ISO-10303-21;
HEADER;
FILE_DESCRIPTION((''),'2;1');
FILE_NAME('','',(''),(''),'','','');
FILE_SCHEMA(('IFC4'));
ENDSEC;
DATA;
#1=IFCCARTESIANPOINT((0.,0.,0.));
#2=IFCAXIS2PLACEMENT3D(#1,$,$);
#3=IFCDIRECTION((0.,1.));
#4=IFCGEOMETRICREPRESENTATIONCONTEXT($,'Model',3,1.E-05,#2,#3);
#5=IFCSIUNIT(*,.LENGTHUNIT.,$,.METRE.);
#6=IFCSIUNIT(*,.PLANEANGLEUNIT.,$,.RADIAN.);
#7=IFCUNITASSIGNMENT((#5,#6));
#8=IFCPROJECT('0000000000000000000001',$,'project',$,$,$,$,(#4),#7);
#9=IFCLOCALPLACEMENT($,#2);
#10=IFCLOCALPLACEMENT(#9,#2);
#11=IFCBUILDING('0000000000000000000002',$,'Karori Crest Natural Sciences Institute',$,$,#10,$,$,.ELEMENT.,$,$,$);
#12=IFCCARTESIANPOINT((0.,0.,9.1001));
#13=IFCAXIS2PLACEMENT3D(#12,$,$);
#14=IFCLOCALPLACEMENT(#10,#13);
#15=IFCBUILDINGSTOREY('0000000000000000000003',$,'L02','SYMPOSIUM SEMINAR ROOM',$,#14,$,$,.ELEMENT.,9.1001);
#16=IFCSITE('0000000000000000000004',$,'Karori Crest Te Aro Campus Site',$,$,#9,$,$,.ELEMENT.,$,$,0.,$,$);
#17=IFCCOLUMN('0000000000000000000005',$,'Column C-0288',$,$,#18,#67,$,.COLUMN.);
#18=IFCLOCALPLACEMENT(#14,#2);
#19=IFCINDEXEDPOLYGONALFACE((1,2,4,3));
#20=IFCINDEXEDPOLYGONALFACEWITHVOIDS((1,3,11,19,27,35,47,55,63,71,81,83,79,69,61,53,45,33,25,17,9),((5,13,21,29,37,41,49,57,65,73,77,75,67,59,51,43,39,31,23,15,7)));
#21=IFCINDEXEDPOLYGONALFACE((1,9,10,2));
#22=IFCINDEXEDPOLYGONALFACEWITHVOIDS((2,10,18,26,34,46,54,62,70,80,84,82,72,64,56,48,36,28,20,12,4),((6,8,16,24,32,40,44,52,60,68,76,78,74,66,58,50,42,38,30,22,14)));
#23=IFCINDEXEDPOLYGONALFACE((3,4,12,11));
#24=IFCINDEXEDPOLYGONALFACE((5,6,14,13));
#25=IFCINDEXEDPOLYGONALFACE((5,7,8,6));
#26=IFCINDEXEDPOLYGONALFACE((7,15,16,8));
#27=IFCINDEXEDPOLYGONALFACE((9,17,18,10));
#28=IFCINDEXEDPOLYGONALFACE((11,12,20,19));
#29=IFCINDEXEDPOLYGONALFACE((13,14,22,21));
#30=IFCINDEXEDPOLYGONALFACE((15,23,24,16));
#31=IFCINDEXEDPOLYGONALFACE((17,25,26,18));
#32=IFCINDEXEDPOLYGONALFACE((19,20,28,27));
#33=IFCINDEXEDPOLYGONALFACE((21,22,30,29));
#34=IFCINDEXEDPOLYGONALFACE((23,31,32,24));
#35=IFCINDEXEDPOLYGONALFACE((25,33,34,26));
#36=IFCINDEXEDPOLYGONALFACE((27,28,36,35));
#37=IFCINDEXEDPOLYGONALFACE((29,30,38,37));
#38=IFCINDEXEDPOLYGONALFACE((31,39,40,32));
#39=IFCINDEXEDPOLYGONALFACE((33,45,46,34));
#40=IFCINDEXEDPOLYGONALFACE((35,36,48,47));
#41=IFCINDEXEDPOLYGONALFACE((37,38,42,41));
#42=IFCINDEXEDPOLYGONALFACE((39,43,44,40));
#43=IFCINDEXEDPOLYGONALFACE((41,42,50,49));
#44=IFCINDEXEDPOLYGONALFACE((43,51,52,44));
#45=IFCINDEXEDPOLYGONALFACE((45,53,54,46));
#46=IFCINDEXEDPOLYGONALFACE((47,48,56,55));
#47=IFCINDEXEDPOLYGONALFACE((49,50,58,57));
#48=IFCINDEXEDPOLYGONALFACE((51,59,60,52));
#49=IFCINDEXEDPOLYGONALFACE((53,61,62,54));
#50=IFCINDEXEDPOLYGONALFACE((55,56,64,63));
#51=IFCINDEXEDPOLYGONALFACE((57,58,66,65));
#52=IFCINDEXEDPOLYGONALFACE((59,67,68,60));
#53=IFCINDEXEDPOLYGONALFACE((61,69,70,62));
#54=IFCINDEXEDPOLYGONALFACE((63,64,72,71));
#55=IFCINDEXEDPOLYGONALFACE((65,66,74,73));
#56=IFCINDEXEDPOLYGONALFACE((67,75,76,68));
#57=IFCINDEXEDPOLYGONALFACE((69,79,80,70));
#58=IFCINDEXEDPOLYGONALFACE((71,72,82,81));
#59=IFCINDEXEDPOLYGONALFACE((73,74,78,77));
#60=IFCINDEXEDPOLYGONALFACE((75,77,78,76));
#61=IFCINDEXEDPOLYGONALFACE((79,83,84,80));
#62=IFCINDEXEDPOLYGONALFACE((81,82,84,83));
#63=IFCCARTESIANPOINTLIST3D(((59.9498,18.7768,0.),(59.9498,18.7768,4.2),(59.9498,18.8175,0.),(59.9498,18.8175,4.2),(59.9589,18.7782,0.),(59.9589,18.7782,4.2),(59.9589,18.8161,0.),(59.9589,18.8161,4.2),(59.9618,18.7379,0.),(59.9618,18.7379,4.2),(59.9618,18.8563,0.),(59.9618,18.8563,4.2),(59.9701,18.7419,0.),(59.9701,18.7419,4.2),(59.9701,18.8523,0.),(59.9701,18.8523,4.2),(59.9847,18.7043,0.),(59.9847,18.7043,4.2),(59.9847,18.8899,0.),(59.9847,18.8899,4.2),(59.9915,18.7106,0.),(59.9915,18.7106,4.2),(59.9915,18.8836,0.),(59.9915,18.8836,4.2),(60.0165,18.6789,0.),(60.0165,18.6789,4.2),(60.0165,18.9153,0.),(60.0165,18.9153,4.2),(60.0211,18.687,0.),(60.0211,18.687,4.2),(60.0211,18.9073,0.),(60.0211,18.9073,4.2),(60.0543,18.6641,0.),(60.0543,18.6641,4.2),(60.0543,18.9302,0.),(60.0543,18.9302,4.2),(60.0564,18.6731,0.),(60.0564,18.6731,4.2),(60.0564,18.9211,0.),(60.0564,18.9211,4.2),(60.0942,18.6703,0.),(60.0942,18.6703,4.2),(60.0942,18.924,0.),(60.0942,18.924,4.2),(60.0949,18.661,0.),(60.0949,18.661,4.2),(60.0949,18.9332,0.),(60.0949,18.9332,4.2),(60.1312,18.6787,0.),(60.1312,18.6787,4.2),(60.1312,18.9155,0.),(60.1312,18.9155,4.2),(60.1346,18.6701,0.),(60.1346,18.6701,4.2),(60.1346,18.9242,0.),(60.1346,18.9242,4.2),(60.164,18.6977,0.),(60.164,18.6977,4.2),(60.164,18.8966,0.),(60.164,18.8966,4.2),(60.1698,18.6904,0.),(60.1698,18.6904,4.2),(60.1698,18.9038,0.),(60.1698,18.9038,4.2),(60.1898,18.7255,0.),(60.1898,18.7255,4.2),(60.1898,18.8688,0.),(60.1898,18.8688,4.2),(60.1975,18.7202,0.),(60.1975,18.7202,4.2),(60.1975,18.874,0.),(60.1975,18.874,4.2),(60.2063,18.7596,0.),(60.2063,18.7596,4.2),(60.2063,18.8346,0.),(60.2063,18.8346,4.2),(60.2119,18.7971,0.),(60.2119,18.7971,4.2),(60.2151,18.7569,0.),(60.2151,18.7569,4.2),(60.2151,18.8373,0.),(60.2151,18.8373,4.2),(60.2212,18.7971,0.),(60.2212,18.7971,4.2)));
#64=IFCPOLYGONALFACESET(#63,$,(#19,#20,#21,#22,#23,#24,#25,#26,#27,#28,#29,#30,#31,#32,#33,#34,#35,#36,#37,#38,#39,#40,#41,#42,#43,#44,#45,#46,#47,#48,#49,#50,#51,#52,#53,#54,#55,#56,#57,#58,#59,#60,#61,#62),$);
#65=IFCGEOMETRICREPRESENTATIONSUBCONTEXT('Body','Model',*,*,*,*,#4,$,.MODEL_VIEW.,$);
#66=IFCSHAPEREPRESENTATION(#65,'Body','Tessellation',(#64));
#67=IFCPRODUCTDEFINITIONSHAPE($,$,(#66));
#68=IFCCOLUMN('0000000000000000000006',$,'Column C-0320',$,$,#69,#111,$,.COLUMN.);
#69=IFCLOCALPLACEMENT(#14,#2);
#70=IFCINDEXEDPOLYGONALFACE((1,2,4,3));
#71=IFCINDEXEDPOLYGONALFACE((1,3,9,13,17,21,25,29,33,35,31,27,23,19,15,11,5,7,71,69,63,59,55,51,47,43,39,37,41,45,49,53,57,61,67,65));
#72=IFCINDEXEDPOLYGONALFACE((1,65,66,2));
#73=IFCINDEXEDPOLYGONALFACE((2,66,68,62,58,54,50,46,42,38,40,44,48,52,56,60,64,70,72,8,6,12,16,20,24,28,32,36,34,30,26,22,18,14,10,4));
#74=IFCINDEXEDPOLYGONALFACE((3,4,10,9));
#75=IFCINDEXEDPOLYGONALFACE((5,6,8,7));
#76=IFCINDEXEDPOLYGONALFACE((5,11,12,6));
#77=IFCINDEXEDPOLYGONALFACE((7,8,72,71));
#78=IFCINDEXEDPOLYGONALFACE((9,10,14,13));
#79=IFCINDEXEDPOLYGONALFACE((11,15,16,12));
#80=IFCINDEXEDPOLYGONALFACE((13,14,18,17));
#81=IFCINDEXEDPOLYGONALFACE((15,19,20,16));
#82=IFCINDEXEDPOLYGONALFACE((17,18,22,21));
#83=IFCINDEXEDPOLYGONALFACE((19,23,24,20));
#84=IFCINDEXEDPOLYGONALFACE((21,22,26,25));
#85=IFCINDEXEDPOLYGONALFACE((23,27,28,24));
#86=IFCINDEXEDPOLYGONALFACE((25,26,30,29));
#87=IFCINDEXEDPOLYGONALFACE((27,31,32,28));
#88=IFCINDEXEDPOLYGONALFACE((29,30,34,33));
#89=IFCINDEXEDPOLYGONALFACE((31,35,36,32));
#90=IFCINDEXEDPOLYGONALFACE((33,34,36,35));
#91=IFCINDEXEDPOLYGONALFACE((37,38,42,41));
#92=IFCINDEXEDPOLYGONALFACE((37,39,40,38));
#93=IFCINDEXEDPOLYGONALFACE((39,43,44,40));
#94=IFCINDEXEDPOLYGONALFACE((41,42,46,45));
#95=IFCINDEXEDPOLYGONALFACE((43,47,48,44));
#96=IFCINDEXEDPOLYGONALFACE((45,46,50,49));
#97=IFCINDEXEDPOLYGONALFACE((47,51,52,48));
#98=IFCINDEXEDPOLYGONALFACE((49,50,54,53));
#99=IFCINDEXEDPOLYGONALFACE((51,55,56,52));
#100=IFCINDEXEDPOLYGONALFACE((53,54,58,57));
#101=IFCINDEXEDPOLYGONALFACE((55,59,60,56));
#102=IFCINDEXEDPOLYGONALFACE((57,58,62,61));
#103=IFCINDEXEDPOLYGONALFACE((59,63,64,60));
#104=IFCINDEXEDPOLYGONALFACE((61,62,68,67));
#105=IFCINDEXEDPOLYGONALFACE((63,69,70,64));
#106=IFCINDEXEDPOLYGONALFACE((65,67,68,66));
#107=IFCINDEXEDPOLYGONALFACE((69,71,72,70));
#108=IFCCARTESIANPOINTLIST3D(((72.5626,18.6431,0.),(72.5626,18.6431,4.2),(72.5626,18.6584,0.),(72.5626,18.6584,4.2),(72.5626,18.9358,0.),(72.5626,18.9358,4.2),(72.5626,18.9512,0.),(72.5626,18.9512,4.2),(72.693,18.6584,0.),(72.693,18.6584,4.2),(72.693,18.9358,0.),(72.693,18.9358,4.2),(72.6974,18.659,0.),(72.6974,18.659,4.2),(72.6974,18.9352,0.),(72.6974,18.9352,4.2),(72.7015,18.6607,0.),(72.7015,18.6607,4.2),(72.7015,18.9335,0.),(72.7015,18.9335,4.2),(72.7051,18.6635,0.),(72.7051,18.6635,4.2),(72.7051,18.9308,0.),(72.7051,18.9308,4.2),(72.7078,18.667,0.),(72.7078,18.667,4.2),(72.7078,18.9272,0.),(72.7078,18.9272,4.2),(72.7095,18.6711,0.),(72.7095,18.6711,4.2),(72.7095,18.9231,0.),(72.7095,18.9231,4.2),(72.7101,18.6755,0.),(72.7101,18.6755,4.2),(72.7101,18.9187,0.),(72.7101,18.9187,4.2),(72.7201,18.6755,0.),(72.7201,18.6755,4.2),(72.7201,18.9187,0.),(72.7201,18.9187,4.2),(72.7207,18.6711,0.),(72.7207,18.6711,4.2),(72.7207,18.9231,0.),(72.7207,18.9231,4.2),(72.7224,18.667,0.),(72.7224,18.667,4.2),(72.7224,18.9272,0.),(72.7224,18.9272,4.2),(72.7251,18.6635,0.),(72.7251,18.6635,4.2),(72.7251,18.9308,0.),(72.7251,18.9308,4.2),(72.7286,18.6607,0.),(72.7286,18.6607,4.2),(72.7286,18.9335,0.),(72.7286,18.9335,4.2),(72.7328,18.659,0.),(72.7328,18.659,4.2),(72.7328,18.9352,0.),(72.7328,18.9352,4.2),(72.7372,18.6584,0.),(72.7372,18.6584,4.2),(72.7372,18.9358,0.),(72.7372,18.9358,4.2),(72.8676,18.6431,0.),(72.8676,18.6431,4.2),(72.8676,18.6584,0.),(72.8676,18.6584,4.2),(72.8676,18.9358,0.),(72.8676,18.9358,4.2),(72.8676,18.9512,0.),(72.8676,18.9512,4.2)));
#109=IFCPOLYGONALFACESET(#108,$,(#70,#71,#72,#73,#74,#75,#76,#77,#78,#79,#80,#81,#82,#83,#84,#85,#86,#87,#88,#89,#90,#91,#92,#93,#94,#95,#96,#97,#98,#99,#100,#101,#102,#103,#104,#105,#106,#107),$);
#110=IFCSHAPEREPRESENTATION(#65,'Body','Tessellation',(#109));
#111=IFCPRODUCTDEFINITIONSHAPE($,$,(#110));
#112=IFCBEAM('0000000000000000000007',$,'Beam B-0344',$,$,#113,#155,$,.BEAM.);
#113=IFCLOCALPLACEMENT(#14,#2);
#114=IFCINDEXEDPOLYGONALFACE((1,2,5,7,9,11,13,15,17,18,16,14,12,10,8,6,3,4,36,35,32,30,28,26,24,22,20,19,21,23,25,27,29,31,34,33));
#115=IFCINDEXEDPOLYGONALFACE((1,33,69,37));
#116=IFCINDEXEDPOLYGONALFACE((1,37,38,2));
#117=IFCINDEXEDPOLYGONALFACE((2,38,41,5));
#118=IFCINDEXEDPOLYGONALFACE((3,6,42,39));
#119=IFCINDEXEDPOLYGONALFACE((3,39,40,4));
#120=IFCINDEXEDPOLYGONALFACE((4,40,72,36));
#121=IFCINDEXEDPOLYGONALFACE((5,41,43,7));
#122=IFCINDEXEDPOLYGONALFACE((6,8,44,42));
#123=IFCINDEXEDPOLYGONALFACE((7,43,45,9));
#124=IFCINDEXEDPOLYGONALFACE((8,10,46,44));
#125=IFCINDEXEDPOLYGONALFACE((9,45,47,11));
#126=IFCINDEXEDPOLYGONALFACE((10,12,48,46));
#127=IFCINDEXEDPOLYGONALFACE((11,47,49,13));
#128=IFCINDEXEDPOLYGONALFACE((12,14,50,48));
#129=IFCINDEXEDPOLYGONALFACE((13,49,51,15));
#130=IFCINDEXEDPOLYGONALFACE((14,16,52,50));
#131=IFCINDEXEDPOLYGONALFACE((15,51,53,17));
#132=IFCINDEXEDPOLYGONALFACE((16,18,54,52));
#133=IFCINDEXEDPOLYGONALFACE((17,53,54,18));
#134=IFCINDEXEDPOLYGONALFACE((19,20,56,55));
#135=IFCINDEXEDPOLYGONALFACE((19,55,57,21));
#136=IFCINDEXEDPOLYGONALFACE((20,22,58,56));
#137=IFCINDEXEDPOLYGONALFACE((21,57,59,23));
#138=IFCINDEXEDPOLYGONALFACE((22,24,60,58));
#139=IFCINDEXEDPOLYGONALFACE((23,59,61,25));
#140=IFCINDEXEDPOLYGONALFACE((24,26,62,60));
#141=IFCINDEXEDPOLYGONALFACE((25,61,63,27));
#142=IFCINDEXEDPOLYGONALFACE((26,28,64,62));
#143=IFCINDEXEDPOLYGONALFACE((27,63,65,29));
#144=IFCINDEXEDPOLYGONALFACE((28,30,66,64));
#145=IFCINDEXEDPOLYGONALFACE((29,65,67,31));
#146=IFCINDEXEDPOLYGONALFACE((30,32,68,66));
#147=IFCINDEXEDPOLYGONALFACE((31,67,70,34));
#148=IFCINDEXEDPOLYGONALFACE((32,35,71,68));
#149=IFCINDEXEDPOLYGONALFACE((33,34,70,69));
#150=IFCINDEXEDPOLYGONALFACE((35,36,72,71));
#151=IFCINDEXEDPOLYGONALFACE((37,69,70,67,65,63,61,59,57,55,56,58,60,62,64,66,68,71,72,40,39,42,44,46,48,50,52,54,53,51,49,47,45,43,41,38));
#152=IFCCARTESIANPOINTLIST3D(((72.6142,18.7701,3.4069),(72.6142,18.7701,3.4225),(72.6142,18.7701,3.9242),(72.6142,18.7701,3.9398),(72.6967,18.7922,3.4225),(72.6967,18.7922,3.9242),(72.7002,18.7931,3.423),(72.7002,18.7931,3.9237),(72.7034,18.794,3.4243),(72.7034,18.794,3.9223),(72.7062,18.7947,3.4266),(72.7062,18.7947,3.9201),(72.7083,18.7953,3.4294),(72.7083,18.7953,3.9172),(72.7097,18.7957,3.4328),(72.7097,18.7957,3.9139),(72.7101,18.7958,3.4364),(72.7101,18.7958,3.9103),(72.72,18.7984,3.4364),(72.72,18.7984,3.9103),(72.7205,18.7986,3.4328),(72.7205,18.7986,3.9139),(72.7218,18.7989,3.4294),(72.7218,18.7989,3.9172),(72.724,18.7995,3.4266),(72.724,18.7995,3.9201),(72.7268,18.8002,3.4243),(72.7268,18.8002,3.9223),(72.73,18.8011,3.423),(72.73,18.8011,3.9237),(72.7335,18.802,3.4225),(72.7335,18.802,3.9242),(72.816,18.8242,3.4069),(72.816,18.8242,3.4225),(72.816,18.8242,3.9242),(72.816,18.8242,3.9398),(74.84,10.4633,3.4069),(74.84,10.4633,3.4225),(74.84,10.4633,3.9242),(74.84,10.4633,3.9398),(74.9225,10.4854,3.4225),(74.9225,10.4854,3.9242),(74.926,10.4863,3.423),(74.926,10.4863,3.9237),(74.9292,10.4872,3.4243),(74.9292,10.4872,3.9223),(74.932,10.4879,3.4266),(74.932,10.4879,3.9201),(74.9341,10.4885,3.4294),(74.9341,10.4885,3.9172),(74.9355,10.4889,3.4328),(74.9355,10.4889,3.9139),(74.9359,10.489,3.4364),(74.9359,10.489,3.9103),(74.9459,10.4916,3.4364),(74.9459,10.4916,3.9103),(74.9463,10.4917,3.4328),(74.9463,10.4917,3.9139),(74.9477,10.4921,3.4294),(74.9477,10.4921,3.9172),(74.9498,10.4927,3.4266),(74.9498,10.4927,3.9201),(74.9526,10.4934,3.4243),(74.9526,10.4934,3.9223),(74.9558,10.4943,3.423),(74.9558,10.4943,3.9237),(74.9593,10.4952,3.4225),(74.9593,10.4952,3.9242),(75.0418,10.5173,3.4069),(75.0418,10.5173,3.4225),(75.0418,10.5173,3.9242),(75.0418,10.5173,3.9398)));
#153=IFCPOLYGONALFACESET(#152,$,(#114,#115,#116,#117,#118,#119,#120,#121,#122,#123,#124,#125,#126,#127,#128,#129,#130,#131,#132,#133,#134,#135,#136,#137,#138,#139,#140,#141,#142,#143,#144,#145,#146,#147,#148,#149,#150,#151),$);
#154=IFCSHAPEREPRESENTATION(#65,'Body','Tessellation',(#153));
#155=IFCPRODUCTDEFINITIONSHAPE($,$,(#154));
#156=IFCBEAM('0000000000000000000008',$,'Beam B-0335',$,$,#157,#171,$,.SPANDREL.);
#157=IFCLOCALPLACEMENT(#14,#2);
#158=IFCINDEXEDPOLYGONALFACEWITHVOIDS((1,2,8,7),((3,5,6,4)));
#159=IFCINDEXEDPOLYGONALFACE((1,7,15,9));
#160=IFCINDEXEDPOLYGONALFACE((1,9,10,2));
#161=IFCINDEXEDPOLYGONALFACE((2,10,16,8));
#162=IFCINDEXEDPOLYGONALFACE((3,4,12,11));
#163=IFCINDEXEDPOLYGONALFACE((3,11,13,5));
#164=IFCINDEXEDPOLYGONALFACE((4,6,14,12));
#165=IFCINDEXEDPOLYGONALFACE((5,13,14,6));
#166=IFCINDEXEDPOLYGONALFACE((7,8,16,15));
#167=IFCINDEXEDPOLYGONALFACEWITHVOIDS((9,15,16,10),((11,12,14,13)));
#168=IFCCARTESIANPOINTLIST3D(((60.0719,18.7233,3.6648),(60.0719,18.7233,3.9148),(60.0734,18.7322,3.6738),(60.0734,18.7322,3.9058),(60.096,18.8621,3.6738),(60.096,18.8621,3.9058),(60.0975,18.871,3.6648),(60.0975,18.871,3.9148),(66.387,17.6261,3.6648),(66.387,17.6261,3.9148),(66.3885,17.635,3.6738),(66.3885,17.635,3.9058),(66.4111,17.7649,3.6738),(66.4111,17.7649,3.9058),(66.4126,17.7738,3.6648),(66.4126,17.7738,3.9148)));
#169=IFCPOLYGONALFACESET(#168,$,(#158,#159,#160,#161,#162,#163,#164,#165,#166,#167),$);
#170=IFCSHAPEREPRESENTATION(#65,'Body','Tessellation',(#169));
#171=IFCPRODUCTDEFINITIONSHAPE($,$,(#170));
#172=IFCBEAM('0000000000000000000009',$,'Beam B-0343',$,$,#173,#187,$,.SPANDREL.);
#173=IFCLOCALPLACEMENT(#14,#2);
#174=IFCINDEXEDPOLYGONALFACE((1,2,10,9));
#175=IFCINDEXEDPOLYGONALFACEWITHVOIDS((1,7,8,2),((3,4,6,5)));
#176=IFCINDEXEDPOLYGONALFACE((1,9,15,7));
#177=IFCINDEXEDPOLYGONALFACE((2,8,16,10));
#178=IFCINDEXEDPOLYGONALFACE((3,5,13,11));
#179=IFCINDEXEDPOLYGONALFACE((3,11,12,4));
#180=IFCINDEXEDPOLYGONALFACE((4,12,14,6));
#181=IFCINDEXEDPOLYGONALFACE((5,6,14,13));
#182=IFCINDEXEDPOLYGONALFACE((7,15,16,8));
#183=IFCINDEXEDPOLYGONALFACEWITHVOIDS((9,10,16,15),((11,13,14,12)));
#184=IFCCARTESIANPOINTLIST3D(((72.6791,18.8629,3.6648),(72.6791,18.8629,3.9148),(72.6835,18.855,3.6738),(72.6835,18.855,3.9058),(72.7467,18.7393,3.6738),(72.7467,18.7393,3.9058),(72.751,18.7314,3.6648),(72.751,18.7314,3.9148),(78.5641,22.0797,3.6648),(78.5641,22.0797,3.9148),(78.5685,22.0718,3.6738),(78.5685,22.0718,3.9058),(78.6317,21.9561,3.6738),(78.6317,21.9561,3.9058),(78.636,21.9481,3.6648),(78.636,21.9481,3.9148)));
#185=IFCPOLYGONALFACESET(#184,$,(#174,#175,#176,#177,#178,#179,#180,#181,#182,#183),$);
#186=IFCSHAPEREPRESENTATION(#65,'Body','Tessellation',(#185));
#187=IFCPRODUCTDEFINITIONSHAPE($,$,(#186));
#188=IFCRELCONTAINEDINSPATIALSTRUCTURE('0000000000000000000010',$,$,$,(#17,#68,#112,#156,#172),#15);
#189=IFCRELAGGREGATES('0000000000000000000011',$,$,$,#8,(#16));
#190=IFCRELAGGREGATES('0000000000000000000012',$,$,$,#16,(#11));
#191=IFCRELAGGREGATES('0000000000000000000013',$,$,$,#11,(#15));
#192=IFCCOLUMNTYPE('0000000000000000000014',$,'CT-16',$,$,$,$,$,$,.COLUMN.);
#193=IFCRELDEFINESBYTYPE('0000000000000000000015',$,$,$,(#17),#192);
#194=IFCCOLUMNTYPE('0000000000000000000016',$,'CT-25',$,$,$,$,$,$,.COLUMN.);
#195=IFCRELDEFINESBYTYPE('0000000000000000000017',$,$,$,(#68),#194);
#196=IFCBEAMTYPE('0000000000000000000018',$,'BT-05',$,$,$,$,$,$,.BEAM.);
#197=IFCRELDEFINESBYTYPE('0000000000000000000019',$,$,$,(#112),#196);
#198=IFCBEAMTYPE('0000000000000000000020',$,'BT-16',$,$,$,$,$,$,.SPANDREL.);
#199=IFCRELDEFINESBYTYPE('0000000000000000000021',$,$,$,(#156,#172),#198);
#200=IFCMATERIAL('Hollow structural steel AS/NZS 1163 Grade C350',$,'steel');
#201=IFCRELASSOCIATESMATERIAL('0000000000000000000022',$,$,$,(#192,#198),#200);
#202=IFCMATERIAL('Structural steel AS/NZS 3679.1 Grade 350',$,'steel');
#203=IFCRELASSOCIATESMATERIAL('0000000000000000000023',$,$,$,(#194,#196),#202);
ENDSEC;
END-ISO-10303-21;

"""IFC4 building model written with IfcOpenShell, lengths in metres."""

from ifc_helpers import new_model, si_unit, direction, frame, origin, origin_2d, place, context, subcontext, project, spatial, hollow_rectangle, hollow_circle, i_section, extrude, material, material_profile, profile_set, type_object, element, save


model = new_model("IFC4")

# Units and contexts
model_context = context("Model", 3, precision=1e-05, world=origin(), true_north=direction((0.0, 1.0)))
body_context = subcontext(model_context, "Body", "Model", "MODEL_VIEW")
ifc_project = project(units=[si_unit("LENGTHUNIT", "METRE"), si_unit("PLANEANGLEUNIT", "RADIAN")], contexts=[model_context])

# Site, building, storey
site_placement = place(None, origin())
site = spatial("IfcSite", under=ifc_project, at=site_placement, Name="Karori Crest Te Aro Campus Site", CompositionType="ELEMENT", RefElevation=0.0)
building_placement = place(site_placement, origin())
building = spatial("IfcBuilding", under=site, at=building_placement, Name="Karori Crest Natural Sciences Institute", CompositionType="ELEMENT")
storey_placement = place(building_placement, frame((0.0, 0.0, 9.1001)))
storey = spatial("IfcBuildingStorey", under=building, at=storey_placement, Name="L02", Description="SYMPOSIUM SEMINAR ROOM", CompositionType="ELEMENT", Elevation=9.1001)

# Columns
ifc_material_1 = material(Name="Hollow structural steel AS/NZS 1163 Grade C350", Category="steel")
ifc_material_profile_1 = material_profile(ifc_material_1, hollow_circle(Radius=0.1365, WallThickness=0.0093, at=origin_2d()), Name="CHS273.0x9.3")
ifc_profile_set_1 = profile_set([ifc_material_profile_1], Name="Hollow structural steel AS/NZS 1163 Grade C350")
column_type_1 = type_object("IfcColumnType", Name="CT-16", PredefinedType="COLUMN", material=ifc_profile_set_1)
column_1_placement = place(storey_placement, frame((60.0847, 18.7971, 0.0), z_axis=(0.0, 0.0, 1.0), x_axis=(1.0, 0.0, 0.0)))
element("IfcColumn", 1, at=column_1_placement, inside=storey, type_object=column_type_1, Name="Column C-0288", PredefinedType="COLUMN", context=body_context, shape_type="SweptSolid", body=[
    extrude(hollow_circle(Radius=0.1365, WallThickness=0.0093, at=origin_2d()), origin(), (0.0, 0.0, 1.0), 4.2),
])
ifc_material_2 = material(Name="Structural steel AS/NZS 3679.1 Grade 350", Category="steel")
ifc_material_profile_2 = material_profile(ifc_material_2, i_section(OverallWidth=0.3049, OverallDepth=0.3081, WebThickness=0.01, FlangeThickness=0.0154, FilletRadius=0.0171, at=origin_2d()), Name="310UC96.8")
ifc_profile_set_2 = profile_set([ifc_material_profile_2], Name="Structural steel AS/NZS 3679.1 Grade 350")
column_type_2 = type_object("IfcColumnType", Name="CT-25", PredefinedType="COLUMN", material=ifc_profile_set_2)
column_2_placement = place(storey_placement, frame((72.7151, 18.7971, 0.0), z_axis=(0.0, 0.0, 1.0), x_axis=(1.0, 0.0, 0.0)))
element("IfcColumn", 2, at=column_2_placement, inside=storey, type_object=column_type_2, Name="Column C-0320", PredefinedType="COLUMN", context=body_context, shape_type="SweptSolid", body=[
    extrude(i_section(OverallWidth=0.3049, OverallDepth=0.3081, WebThickness=0.01, FlangeThickness=0.0154, FilletRadius=0.0171, at=origin_2d()), origin(), (0.0, 0.0, 1.0), 4.2),
])

# Beams
ifc_material_profile_3 = material_profile(ifc_material_2, i_section(OverallWidth=0.209, OverallDepth=0.533, WebThickness=0.0103, FlangeThickness=0.0156, FilletRadius=0.0139, at=origin_2d()), Name="530UB92.4")
ifc_profile_set_3 = profile_set([ifc_material_profile_3], Name="Structural steel AS/NZS 3679.1 Grade 350")
beam_type_1 = type_object("IfcBeamType", Name="BT-05", PredefinedType="BEAM", material=ifc_profile_set_3)
beam_1_placement = place(storey_placement, frame((72.7151, 18.7971, 3.6733), z_axis=(0.25882, -0.965926, 0.0), x_axis=(0.965926, 0.25882, 0.0)))
element("IfcBeam", 3, at=beam_1_placement, inside=storey, type_object=beam_type_1, Name="Beam B-0344", PredefinedType="BEAM", context=body_context, shape_type="SweptSolid", body=[
    extrude(i_section(OverallWidth=0.209, OverallDepth=0.533, WebThickness=0.0103, FlangeThickness=0.0156, FilletRadius=0.0139, at=origin_2d()), origin(), (0.0, 0.0, 1.0), 8.5999),
])
ifc_material_profile_4 = material_profile(ifc_material_1, hollow_rectangle(XDim=0.1499, YDim=0.25, WallThickness=0.009, at=origin_2d()), Name="RHS250x150x9")
ifc_profile_set_4 = profile_set([ifc_material_profile_4], Name="Hollow structural steel AS/NZS 1163 Grade C350")
beam_type_2 = type_object("IfcBeamType", Name="BT-16", PredefinedType="SPANDREL", material=ifc_profile_set_4)
beam_2_placement = place(storey_placement, frame((60.0847, 18.7971, 3.7898), z_axis=(0.985241, -0.171171, 0.0), x_axis=(0.171171, 0.985241, 0.0)))
element("IfcBeam", 4, at=beam_2_placement, inside=storey, type_object=beam_type_2, Name="Beam B-0335", PredefinedType="SPANDREL", context=body_context, shape_type="SweptSolid", body=[
    extrude(hollow_rectangle(XDim=0.1499, YDim=0.25, WallThickness=0.009, at=origin_2d()), origin(), (0.0, 0.0, 1.0), 6.4097),
])
beam_3_placement = place(storey_placement, frame((72.7151, 18.7971, 3.7898), z_axis=(0.87747, 0.479632, 0.0), x_axis=(-0.479632, 0.87747, 0.0)))
element("IfcBeam", 5, at=beam_3_placement, inside=storey, type_object=beam_type_2, Name="Beam B-0343", PredefinedType="SPANDREL", context=body_context, shape_type="SweptSolid", body=[
    extrude(hollow_rectangle(XDim=0.1499, YDim=0.25, WallThickness=0.009, at=origin_2d()), origin(), (0.0, 0.0, 1.0), 6.7068),
])

save(model, "model.ifc")
